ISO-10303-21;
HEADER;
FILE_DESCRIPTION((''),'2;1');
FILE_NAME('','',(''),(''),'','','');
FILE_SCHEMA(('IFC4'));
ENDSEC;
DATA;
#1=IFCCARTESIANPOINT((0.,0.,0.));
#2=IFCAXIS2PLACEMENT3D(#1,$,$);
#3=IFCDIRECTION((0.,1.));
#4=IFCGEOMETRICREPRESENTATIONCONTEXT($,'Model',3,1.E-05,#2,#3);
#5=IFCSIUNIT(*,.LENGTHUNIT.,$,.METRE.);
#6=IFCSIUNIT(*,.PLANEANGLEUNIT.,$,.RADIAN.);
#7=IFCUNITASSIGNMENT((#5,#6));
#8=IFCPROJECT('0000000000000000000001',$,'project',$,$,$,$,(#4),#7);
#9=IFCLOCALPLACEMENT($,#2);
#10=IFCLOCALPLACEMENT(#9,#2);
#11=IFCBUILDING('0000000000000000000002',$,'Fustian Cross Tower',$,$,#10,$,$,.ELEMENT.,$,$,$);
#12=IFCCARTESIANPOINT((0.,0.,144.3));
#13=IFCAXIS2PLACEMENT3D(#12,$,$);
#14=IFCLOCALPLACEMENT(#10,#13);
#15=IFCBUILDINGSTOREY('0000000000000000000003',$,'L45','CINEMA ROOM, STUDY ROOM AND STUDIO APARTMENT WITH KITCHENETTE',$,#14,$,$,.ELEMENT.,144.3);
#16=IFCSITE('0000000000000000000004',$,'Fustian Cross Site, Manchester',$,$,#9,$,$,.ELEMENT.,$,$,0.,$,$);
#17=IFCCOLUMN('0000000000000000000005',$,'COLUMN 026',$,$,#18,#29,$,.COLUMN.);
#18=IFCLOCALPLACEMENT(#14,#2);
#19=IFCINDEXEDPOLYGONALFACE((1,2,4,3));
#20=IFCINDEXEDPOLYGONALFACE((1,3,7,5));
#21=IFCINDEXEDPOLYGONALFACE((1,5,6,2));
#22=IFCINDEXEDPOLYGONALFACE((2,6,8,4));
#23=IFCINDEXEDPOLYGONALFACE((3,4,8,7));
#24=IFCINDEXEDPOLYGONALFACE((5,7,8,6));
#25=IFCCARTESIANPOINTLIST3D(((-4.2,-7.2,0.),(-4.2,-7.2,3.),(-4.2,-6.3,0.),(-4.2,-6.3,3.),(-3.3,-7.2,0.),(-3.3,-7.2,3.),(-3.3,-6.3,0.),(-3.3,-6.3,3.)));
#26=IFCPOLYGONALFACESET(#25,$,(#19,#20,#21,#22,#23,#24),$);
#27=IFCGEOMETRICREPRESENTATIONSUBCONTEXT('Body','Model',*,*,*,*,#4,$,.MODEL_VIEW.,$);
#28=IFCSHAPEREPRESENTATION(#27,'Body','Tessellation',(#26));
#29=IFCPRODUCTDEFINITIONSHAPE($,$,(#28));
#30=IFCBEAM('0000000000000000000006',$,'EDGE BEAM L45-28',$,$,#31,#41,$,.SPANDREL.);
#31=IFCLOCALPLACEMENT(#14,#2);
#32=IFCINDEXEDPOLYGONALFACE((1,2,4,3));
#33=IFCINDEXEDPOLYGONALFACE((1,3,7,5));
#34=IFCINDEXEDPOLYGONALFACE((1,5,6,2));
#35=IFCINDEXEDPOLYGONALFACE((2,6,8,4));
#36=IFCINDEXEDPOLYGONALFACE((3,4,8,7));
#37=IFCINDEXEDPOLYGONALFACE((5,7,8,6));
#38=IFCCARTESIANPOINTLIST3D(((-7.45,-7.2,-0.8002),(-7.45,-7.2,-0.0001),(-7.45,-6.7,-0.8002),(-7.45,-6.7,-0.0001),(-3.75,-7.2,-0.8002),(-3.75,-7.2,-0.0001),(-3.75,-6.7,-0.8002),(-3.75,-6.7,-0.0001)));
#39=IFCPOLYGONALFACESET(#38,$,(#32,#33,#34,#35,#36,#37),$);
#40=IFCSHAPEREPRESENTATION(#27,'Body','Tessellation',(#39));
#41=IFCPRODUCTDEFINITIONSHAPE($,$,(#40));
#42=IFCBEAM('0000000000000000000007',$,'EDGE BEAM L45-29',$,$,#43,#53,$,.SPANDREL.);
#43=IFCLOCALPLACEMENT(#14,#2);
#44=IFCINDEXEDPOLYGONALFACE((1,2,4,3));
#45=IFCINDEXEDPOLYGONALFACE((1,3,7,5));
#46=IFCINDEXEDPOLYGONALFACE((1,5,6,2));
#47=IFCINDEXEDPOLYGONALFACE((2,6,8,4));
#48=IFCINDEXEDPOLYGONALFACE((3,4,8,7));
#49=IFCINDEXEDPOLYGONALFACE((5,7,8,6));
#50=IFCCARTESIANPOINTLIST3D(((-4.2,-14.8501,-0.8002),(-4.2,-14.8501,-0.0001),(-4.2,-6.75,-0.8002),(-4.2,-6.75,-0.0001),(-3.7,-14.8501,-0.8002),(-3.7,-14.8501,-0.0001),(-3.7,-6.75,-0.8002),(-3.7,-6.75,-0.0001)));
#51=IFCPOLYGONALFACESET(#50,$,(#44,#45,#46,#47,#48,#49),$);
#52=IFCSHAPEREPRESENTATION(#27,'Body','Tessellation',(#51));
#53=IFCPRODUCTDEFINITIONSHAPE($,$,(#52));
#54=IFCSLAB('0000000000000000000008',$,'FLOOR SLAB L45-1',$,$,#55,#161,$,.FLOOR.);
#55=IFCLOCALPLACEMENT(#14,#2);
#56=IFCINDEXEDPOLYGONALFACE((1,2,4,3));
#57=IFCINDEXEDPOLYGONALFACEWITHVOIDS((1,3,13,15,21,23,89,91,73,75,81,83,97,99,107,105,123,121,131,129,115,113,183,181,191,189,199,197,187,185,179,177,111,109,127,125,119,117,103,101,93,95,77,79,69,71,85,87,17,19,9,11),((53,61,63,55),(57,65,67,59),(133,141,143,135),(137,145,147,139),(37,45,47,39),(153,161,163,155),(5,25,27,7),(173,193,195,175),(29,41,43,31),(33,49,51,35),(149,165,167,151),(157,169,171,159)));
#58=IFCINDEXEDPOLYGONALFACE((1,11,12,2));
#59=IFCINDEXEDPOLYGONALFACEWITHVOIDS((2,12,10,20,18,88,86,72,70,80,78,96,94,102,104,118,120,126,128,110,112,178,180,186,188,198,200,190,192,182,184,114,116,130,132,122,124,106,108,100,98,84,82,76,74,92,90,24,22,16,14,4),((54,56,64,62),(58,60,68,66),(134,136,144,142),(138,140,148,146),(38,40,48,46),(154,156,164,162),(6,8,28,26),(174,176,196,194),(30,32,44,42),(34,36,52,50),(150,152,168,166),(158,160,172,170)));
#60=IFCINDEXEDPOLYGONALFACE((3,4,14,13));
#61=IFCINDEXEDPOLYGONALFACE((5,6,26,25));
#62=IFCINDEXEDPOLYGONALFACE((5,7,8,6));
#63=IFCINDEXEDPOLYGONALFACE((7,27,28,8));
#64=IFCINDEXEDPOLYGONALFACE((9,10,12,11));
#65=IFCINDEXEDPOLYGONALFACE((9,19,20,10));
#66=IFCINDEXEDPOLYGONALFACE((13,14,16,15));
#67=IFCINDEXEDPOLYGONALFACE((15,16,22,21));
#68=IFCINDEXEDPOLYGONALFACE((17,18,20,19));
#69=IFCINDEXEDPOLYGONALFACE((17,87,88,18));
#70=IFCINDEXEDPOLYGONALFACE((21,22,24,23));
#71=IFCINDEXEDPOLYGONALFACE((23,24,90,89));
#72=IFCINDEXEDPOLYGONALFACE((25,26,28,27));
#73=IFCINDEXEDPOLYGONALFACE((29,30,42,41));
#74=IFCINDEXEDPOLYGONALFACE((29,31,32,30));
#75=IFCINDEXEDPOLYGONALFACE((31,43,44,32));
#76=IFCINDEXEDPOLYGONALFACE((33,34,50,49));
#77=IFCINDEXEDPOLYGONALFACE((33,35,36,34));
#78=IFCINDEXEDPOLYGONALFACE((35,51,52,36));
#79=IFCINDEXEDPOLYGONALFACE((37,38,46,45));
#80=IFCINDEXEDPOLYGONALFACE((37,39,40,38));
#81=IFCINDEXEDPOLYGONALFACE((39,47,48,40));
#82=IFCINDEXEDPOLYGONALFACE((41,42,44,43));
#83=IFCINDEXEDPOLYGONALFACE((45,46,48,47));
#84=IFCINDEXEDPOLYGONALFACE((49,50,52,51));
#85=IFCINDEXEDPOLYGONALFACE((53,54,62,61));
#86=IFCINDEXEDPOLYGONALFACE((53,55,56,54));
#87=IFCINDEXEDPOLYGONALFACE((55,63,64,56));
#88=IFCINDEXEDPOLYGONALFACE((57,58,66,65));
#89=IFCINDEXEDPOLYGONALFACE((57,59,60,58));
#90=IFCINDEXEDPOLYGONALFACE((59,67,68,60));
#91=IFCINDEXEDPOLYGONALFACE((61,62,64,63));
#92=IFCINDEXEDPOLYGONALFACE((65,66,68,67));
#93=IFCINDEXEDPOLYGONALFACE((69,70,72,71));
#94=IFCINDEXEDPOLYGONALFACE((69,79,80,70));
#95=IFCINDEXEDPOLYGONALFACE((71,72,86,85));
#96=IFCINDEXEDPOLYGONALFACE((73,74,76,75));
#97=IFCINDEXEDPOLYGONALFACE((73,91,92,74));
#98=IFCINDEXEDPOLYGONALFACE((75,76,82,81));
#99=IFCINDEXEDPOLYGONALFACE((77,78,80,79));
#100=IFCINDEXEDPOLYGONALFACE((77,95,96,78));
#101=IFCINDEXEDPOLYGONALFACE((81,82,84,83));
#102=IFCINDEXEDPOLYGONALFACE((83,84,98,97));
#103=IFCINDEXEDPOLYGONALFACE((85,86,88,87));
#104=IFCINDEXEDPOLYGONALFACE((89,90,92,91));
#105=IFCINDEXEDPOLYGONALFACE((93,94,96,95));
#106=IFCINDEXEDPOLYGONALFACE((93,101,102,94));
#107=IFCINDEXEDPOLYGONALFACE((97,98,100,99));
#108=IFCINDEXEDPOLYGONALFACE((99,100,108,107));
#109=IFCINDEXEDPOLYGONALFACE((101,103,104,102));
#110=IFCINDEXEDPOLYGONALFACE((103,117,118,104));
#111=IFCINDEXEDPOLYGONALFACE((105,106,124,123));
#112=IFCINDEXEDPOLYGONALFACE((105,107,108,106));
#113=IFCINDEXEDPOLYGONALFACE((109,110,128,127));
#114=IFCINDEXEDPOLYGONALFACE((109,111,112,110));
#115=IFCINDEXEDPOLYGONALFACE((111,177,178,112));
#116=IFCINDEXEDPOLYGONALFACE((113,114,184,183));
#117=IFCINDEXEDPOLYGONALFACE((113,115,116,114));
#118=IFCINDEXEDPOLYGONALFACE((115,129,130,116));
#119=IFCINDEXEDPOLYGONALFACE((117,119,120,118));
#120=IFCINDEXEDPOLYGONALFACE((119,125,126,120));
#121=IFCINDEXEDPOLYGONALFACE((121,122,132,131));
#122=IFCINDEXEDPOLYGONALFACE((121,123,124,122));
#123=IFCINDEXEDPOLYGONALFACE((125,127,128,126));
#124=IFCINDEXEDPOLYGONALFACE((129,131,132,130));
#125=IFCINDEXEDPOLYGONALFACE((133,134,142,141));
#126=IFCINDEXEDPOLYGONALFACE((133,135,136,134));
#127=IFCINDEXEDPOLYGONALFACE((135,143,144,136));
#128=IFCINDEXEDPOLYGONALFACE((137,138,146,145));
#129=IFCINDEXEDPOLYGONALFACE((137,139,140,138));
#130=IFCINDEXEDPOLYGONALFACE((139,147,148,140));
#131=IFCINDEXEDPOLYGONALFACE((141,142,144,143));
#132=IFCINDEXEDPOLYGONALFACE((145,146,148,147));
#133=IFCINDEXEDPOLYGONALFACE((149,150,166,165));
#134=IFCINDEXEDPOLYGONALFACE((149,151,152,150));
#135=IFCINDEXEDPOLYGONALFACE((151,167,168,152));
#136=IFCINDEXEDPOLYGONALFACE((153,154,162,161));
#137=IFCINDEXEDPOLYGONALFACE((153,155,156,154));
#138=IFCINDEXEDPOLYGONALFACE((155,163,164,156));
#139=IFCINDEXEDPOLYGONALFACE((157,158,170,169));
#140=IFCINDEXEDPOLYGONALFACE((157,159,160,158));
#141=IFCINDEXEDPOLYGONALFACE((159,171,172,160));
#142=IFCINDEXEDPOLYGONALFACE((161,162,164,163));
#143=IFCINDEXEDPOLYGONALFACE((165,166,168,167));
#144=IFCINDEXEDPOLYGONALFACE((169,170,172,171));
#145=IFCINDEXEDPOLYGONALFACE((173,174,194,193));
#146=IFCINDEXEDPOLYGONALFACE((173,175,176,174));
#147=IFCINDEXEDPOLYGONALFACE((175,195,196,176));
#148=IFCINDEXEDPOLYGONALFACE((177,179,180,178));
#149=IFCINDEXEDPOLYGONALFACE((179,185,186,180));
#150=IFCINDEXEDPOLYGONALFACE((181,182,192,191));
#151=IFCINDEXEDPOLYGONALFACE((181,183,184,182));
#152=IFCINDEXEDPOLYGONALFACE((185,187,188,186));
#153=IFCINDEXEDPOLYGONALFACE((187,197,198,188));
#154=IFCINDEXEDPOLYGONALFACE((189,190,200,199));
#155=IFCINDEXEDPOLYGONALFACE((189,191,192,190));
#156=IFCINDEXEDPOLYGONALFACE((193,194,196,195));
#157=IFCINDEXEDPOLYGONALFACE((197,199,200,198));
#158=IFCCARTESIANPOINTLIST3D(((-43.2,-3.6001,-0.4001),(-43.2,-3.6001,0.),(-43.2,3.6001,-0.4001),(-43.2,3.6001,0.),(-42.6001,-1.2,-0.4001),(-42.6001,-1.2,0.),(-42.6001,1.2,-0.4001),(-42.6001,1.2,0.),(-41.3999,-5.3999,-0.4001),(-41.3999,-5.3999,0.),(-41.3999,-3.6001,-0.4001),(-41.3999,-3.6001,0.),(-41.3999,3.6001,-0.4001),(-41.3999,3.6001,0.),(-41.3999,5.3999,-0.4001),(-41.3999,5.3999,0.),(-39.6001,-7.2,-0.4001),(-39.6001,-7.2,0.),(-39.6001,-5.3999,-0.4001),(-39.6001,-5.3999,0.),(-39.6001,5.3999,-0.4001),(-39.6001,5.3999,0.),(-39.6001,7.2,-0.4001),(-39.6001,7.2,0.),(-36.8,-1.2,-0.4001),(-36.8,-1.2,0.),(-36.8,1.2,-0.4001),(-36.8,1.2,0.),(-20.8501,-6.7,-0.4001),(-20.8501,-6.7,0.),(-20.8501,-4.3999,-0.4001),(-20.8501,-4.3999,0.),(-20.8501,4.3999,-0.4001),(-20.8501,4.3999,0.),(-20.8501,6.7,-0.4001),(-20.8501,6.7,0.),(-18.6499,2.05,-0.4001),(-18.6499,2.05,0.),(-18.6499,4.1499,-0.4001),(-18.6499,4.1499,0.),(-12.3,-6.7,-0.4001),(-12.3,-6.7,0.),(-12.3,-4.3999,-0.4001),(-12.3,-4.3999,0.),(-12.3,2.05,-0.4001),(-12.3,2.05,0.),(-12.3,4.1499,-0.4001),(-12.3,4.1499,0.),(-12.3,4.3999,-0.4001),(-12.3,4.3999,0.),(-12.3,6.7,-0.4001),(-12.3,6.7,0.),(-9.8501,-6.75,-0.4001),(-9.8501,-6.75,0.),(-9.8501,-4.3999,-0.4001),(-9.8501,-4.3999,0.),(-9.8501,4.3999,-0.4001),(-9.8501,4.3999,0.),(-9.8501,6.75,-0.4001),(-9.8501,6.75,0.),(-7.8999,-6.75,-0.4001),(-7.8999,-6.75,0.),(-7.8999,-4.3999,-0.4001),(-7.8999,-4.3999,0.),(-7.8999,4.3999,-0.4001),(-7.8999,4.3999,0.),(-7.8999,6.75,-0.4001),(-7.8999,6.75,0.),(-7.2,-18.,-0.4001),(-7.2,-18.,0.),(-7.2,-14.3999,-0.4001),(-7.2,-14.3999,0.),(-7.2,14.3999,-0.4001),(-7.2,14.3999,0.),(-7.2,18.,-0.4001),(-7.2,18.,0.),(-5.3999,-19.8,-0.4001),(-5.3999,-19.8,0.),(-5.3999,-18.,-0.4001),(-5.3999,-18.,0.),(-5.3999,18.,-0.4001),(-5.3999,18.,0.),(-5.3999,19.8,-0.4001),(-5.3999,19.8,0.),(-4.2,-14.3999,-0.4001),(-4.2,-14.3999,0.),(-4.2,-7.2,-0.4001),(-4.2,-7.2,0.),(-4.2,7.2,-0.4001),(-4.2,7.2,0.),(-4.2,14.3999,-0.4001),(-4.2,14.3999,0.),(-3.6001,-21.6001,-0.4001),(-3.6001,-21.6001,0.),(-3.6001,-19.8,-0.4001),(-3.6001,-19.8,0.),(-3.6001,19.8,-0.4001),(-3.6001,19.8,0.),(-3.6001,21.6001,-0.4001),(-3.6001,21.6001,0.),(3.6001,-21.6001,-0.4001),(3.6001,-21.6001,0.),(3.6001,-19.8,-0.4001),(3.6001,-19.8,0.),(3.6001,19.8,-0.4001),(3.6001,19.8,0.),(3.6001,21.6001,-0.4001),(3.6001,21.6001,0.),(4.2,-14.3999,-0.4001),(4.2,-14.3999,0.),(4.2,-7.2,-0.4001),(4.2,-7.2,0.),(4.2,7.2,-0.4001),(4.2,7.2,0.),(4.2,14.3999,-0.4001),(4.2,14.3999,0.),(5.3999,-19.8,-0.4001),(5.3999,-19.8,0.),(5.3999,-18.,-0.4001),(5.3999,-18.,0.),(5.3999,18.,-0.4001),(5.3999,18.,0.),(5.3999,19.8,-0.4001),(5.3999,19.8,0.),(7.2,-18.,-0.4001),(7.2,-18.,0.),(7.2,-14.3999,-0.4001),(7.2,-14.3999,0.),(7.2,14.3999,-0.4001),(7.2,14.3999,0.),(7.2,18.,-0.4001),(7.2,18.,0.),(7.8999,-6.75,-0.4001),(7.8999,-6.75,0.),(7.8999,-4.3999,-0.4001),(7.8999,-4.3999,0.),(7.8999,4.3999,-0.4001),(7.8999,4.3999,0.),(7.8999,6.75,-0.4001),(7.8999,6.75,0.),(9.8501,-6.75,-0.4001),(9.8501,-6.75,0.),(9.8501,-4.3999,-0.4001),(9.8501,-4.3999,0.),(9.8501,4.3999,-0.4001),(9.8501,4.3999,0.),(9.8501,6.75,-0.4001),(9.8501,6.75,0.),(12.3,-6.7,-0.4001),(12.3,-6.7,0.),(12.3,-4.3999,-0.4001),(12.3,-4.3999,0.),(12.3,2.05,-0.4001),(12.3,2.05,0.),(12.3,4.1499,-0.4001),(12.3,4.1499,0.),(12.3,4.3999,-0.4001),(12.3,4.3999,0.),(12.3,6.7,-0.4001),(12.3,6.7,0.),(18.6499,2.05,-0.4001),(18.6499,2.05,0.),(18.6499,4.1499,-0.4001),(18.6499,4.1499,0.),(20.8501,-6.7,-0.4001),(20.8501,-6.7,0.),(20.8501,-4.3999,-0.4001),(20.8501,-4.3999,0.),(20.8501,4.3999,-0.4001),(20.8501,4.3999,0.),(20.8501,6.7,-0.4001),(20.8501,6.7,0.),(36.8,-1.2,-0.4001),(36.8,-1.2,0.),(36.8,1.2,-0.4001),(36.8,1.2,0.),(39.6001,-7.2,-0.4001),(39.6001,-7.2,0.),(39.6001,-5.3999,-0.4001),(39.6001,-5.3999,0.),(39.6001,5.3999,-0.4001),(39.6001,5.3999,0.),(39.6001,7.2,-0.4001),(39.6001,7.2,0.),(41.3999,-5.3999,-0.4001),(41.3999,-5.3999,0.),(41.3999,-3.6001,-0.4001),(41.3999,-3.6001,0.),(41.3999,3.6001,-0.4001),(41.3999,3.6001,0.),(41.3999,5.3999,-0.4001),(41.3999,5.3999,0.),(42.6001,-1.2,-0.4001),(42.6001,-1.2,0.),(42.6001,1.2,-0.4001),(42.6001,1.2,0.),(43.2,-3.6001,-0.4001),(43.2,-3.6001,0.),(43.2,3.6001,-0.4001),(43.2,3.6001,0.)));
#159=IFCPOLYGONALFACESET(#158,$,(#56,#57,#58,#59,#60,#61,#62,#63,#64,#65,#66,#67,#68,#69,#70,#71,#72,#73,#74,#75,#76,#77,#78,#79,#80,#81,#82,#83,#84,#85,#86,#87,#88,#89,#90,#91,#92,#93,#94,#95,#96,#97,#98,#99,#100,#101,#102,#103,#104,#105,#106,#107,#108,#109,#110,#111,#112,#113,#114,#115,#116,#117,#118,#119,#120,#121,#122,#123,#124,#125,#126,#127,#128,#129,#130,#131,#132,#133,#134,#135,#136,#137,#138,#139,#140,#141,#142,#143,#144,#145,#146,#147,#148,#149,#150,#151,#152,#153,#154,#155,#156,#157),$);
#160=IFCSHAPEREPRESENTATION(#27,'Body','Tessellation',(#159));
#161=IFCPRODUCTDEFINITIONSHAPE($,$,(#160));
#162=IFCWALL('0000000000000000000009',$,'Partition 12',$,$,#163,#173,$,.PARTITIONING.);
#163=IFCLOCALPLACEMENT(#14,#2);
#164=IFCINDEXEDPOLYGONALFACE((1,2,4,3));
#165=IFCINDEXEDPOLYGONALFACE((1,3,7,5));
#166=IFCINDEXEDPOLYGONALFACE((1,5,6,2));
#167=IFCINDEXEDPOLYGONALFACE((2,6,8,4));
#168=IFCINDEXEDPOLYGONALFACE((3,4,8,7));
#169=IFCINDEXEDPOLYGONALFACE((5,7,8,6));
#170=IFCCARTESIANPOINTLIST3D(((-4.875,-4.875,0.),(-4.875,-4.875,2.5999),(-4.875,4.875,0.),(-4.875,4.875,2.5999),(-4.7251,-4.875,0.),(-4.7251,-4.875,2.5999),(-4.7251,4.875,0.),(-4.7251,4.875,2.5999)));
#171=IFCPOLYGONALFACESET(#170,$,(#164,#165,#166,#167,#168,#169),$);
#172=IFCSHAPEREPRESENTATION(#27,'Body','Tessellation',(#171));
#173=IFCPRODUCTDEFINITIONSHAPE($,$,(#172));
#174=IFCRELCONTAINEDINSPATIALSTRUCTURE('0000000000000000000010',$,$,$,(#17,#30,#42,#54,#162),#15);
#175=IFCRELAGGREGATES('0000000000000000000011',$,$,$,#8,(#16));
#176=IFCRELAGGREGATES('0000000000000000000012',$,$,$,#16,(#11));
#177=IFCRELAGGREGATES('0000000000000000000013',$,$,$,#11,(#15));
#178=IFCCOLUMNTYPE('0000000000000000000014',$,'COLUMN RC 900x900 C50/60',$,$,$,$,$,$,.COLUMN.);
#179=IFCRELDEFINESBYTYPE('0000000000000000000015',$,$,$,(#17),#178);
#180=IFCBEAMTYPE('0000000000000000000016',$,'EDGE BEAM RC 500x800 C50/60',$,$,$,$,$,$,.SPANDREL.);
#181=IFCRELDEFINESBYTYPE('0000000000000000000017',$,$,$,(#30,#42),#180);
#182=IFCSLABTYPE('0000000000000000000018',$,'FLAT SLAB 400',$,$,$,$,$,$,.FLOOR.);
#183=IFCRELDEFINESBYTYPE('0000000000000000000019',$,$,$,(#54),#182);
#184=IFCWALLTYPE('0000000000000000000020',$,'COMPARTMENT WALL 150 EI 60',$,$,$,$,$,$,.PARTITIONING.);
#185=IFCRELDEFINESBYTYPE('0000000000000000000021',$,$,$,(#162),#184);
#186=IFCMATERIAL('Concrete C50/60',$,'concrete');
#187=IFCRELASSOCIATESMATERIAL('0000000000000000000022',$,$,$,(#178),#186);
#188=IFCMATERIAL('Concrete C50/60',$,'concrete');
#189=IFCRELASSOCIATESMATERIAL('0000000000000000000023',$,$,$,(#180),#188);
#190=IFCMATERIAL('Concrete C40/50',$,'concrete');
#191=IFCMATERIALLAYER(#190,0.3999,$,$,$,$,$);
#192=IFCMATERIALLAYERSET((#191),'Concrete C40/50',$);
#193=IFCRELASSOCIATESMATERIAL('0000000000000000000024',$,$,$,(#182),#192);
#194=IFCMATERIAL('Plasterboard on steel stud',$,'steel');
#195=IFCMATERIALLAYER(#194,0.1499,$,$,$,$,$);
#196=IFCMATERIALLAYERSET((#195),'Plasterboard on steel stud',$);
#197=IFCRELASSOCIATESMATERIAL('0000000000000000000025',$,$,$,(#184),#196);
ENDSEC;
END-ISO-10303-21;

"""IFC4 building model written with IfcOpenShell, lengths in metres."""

from ifc_helpers import new_model, si_unit, direction, frame, frame_2d, origin, origin_2d, place, context, subcontext, project, spatial, polyline, rectangle, outline, extrude, material, layer, layer_set, material_profile, profile_set, type_object, element, save


model = new_model("IFC4")

# Units and contexts
model_context = context("Model", 3, precision=1e-05, world=origin(), true_north=direction((0.0, 1.0)))
body_context = subcontext(model_context, "Body", "Model", "MODEL_VIEW")
ifc_project = project(units=[si_unit("LENGTHUNIT", "METRE"), si_unit("PLANEANGLEUNIT", "RADIAN")], contexts=[model_context])

# Site, building, storey
site_placement = place(None, origin())
site = spatial("IfcSite", under=ifc_project, at=site_placement, Name="Fustian Cross Site, Manchester", CompositionType="ELEMENT", RefElevation=0.0)
building_placement = place(site_placement, origin())
building = spatial("IfcBuilding", under=site, at=building_placement, Name="Fustian Cross Tower", CompositionType="ELEMENT")
storey_placement = place(building_placement, frame((0.0, 0.0, 144.3)))
storey = spatial("IfcBuildingStorey", under=building, at=storey_placement, Name="L45", Description="CINEMA ROOM, STUDY ROOM AND STUDIO APARTMENT WITH KITCHENETTE", CompositionType="ELEMENT", Elevation=144.3)

# Column
ifc_material_1 = material(Name="Concrete C50/60", Category="concrete")
ifc_material_profile_1 = material_profile(ifc_material_1, rectangle(XDim=0.8999, YDim=0.8999, at=origin_2d()), Name="RC 900x900")
ifc_profile_set_1 = profile_set([ifc_material_profile_1], Name="Concrete C50/60")
column_type = type_object("IfcColumnType", Name="COLUMN RC 900x900 C50/60", PredefinedType="COLUMN", material=ifc_profile_set_1)
column_placement = place(storey_placement, frame((-3.75, -6.75, 0.0), z_axis=(0.0, 0.0, 1.0), x_axis=(1.0, 0.0, 0.0)))
element("IfcColumn", 1, at=column_placement, inside=storey, type_object=column_type, Name="COLUMN 026", PredefinedType="COLUMN", context=body_context, shape_type="SweptSolid", body=[
    extrude(rectangle(XDim=0.8999, YDim=0.8999, at=origin_2d()), origin(), (0.0, 0.0, 1.0), 3.0),
])

# Beams
ifc_material_2 = material(Name="Concrete C50/60", Category="concrete")
ifc_material_profile_2 = material_profile(ifc_material_2, rectangle(XDim=0.5, YDim=0.8, at=origin_2d()), Name="RC 500x800")
ifc_profile_set_2 = profile_set([ifc_material_profile_2], Name="Concrete C50/60")
beam_type = type_object("IfcBeamType", Name="EDGE BEAM RC 500x800 C50/60", PredefinedType="SPANDREL", material=ifc_profile_set_2)
beam_1_placement = place(storey_placement, frame((-7.45, -6.95, -0.4001), z_axis=(1.0, 0.0, 0.0), x_axis=(0.0, 1.0, 0.0)))
element("IfcBeam", 2, at=beam_1_placement, inside=storey, type_object=beam_type, Name="EDGE BEAM L45-28", PredefinedType="SPANDREL", context=body_context, shape_type="SweptSolid", body=[
    extrude(rectangle(XDim=0.5, YDim=0.8, at=origin_2d()), origin(), (0.0, 0.0, 1.0), 3.7),
])
beam_2_placement = place(storey_placement, frame((-3.95, -6.75, -0.4001), z_axis=(0.0, -1.0, 0.0), x_axis=(1.0, 0.0, 0.0)))
element("IfcBeam", 3, at=beam_2_placement, inside=storey, type_object=beam_type, Name="EDGE BEAM L45-29", PredefinedType="SPANDREL", context=body_context, shape_type="SweptSolid", body=[
    extrude(rectangle(XDim=0.5, YDim=0.8, at=origin_2d()), origin(), (0.0, 0.0, 1.0), 8.1001),
])

# Slab
ifc_material_3 = material(Name="Concrete C40/50", Category="concrete")
ifc_layer_1 = layer(ifc_material_3, 0.3999)
ifc_layer_set_1 = layer_set([ifc_layer_1], Name="Concrete C40/50")
slab_type = type_object("IfcSlabType", Name="FLAT SLAB 400", PredefinedType="FLOOR", material=ifc_layer_set_1)
slab_placement = place(storey_placement, frame((0.0, 0.0, -0.4001)))
element("IfcSlab", 4, at=slab_placement, inside=storey, type_object=slab_type, Name="FLOOR SLAB L45-1", PredefinedType="FLOOR", context=body_context, shape_type="SweptSolid", body=[
    extrude(outline(polyline([(-5.3999, -18.0), (-7.2, -18.0), (-7.2, -14.3999), (-4.2, -14.3999), (-4.2, -7.2), (-39.6001, -7.2), (-39.6001, -5.3999), (-41.3999, -5.3999), (-41.3999, -3.6001), (-43.2, -3.6001), (-43.2, 3.6001), (-41.3999, 3.6001), (-41.3999, 5.3999), (-39.6001, 5.3999), (-39.6001, 7.2), (-4.2, 7.2), (-4.2, 14.3999), (-7.2, 14.3999), (-7.2, 18.0), (-5.3999, 18.0), (-5.3999, 19.8), (-3.6001, 19.8), (-3.6001, 21.6001), (3.6001, 21.6001), (3.6001, 19.8), (5.3999, 19.8), (5.3999, 18.0), (7.2, 18.0), (7.2, 14.3999), (4.2, 14.3999), (4.2, 7.2), (39.6001, 7.2), (39.6001, 5.3999), (41.3999, 5.3999), (41.3999, 3.6001), (43.2, 3.6001), (43.2, -3.6001), (41.3999, -3.6001), (41.3999, -5.3999), (39.6001, -5.3999), (39.6001, -7.2), (4.2, -7.2), (4.2, -14.3999), (7.2, -14.3999), (7.2, -18.0), (5.3999, -18.0), (5.3999, -19.8), (3.6001, -19.8), (3.6001, -21.6001), (-3.6001, -21.6001), (-3.6001, -19.8), (-5.3999, -19.8), (-5.3999, -18.0)]), holes=[polyline([(9.8501, 4.3999), (9.8501, 6.75), (7.8999, 6.75), (7.8999, 4.3999), (9.8501, 4.3999)]), polyline([(7.8999, -6.75), (9.8501, -6.75), (9.8501, -4.3999), (7.8999, -4.3999), (7.8999, -6.75)]), polyline([(-9.8501, 6.75), (-9.8501, 4.3999), (-7.8999, 4.3999), (-7.8999, 6.75), (-9.8501, 6.75)]), polyline([(-7.8999, -4.3999), (-9.8501, -4.3999), (-9.8501, -6.75), (-7.8999, -6.75), (-7.8999, -4.3999)]), polyline([(18.6499, 2.05), (18.6499, 4.1499), (12.3, 4.1499), (12.3, 2.05), (18.6499, 2.05)]), polyline([(-18.6499, 2.05), (-12.3, 2.05), (-12.3, 4.1499), (-18.6499, 4.1499), (-18.6499, 2.05)]), polyline([(12.3, 6.7), (12.3, 4.3999), (20.8501, 4.3999), (20.8501, 6.7), (12.3, 6.7)]), polyline([(20.8501, -4.3999), (12.3, -4.3999), (12.3, -6.7), (20.8501, -6.7), (20.8501, -4.3999)]), polyline([(-12.3, 4.3999), (-12.3, 6.7), (-20.8501, 6.7), (-20.8501, 4.3999), (-12.3, 4.3999)]), polyline([(-20.8501, -6.7), (-12.3, -6.7), (-12.3, -4.3999), (-20.8501, -4.3999), (-20.8501, -6.7)]), polyline([(36.8, 1.2), (36.8, -1.2), (42.6001, -1.2), (42.6001, 1.2), (36.8, 1.2)]), polyline([(-36.8, 1.2), (-42.6001, 1.2), (-42.6001, -1.2), (-36.8, -1.2), (-36.8, 1.2)])]), origin(), (0.0, 0.0, 1.0), 0.4001),
])

# Wall
ifc_material_4 = material(Name="Plasterboard on steel stud", Category="steel")
ifc_layer_2 = layer(ifc_material_4, 0.1499)
ifc_layer_set_2 = layer_set([ifc_layer_2], Name="Plasterboard on steel stud")
wall_type_1 = type_object("IfcWallType", Name="COMPARTMENT WALL 150 EI 60", PredefinedType="PARTITIONING", material=ifc_layer_set_2)
wall_1_placement = place(storey_placement, frame((-4.8, -4.875, 0.0), z_axis=(0.0, 0.0, 1.0), x_axis=(0.0, 1.0, 0.0)))
element("IfcWall", 5, at=wall_1_placement, inside=storey, type_object=wall_type_1, Name="Partition 12", PredefinedType="PARTITIONING", context=body_context, shape_type="SweptSolid", body=[
    extrude(rectangle(XDim=9.75, YDim=0.1499, at=frame_2d((4.875, 0.0))), origin(), (0.0, 0.0, 1.0), 2.5999),
])

save(model, "model.ifc")
